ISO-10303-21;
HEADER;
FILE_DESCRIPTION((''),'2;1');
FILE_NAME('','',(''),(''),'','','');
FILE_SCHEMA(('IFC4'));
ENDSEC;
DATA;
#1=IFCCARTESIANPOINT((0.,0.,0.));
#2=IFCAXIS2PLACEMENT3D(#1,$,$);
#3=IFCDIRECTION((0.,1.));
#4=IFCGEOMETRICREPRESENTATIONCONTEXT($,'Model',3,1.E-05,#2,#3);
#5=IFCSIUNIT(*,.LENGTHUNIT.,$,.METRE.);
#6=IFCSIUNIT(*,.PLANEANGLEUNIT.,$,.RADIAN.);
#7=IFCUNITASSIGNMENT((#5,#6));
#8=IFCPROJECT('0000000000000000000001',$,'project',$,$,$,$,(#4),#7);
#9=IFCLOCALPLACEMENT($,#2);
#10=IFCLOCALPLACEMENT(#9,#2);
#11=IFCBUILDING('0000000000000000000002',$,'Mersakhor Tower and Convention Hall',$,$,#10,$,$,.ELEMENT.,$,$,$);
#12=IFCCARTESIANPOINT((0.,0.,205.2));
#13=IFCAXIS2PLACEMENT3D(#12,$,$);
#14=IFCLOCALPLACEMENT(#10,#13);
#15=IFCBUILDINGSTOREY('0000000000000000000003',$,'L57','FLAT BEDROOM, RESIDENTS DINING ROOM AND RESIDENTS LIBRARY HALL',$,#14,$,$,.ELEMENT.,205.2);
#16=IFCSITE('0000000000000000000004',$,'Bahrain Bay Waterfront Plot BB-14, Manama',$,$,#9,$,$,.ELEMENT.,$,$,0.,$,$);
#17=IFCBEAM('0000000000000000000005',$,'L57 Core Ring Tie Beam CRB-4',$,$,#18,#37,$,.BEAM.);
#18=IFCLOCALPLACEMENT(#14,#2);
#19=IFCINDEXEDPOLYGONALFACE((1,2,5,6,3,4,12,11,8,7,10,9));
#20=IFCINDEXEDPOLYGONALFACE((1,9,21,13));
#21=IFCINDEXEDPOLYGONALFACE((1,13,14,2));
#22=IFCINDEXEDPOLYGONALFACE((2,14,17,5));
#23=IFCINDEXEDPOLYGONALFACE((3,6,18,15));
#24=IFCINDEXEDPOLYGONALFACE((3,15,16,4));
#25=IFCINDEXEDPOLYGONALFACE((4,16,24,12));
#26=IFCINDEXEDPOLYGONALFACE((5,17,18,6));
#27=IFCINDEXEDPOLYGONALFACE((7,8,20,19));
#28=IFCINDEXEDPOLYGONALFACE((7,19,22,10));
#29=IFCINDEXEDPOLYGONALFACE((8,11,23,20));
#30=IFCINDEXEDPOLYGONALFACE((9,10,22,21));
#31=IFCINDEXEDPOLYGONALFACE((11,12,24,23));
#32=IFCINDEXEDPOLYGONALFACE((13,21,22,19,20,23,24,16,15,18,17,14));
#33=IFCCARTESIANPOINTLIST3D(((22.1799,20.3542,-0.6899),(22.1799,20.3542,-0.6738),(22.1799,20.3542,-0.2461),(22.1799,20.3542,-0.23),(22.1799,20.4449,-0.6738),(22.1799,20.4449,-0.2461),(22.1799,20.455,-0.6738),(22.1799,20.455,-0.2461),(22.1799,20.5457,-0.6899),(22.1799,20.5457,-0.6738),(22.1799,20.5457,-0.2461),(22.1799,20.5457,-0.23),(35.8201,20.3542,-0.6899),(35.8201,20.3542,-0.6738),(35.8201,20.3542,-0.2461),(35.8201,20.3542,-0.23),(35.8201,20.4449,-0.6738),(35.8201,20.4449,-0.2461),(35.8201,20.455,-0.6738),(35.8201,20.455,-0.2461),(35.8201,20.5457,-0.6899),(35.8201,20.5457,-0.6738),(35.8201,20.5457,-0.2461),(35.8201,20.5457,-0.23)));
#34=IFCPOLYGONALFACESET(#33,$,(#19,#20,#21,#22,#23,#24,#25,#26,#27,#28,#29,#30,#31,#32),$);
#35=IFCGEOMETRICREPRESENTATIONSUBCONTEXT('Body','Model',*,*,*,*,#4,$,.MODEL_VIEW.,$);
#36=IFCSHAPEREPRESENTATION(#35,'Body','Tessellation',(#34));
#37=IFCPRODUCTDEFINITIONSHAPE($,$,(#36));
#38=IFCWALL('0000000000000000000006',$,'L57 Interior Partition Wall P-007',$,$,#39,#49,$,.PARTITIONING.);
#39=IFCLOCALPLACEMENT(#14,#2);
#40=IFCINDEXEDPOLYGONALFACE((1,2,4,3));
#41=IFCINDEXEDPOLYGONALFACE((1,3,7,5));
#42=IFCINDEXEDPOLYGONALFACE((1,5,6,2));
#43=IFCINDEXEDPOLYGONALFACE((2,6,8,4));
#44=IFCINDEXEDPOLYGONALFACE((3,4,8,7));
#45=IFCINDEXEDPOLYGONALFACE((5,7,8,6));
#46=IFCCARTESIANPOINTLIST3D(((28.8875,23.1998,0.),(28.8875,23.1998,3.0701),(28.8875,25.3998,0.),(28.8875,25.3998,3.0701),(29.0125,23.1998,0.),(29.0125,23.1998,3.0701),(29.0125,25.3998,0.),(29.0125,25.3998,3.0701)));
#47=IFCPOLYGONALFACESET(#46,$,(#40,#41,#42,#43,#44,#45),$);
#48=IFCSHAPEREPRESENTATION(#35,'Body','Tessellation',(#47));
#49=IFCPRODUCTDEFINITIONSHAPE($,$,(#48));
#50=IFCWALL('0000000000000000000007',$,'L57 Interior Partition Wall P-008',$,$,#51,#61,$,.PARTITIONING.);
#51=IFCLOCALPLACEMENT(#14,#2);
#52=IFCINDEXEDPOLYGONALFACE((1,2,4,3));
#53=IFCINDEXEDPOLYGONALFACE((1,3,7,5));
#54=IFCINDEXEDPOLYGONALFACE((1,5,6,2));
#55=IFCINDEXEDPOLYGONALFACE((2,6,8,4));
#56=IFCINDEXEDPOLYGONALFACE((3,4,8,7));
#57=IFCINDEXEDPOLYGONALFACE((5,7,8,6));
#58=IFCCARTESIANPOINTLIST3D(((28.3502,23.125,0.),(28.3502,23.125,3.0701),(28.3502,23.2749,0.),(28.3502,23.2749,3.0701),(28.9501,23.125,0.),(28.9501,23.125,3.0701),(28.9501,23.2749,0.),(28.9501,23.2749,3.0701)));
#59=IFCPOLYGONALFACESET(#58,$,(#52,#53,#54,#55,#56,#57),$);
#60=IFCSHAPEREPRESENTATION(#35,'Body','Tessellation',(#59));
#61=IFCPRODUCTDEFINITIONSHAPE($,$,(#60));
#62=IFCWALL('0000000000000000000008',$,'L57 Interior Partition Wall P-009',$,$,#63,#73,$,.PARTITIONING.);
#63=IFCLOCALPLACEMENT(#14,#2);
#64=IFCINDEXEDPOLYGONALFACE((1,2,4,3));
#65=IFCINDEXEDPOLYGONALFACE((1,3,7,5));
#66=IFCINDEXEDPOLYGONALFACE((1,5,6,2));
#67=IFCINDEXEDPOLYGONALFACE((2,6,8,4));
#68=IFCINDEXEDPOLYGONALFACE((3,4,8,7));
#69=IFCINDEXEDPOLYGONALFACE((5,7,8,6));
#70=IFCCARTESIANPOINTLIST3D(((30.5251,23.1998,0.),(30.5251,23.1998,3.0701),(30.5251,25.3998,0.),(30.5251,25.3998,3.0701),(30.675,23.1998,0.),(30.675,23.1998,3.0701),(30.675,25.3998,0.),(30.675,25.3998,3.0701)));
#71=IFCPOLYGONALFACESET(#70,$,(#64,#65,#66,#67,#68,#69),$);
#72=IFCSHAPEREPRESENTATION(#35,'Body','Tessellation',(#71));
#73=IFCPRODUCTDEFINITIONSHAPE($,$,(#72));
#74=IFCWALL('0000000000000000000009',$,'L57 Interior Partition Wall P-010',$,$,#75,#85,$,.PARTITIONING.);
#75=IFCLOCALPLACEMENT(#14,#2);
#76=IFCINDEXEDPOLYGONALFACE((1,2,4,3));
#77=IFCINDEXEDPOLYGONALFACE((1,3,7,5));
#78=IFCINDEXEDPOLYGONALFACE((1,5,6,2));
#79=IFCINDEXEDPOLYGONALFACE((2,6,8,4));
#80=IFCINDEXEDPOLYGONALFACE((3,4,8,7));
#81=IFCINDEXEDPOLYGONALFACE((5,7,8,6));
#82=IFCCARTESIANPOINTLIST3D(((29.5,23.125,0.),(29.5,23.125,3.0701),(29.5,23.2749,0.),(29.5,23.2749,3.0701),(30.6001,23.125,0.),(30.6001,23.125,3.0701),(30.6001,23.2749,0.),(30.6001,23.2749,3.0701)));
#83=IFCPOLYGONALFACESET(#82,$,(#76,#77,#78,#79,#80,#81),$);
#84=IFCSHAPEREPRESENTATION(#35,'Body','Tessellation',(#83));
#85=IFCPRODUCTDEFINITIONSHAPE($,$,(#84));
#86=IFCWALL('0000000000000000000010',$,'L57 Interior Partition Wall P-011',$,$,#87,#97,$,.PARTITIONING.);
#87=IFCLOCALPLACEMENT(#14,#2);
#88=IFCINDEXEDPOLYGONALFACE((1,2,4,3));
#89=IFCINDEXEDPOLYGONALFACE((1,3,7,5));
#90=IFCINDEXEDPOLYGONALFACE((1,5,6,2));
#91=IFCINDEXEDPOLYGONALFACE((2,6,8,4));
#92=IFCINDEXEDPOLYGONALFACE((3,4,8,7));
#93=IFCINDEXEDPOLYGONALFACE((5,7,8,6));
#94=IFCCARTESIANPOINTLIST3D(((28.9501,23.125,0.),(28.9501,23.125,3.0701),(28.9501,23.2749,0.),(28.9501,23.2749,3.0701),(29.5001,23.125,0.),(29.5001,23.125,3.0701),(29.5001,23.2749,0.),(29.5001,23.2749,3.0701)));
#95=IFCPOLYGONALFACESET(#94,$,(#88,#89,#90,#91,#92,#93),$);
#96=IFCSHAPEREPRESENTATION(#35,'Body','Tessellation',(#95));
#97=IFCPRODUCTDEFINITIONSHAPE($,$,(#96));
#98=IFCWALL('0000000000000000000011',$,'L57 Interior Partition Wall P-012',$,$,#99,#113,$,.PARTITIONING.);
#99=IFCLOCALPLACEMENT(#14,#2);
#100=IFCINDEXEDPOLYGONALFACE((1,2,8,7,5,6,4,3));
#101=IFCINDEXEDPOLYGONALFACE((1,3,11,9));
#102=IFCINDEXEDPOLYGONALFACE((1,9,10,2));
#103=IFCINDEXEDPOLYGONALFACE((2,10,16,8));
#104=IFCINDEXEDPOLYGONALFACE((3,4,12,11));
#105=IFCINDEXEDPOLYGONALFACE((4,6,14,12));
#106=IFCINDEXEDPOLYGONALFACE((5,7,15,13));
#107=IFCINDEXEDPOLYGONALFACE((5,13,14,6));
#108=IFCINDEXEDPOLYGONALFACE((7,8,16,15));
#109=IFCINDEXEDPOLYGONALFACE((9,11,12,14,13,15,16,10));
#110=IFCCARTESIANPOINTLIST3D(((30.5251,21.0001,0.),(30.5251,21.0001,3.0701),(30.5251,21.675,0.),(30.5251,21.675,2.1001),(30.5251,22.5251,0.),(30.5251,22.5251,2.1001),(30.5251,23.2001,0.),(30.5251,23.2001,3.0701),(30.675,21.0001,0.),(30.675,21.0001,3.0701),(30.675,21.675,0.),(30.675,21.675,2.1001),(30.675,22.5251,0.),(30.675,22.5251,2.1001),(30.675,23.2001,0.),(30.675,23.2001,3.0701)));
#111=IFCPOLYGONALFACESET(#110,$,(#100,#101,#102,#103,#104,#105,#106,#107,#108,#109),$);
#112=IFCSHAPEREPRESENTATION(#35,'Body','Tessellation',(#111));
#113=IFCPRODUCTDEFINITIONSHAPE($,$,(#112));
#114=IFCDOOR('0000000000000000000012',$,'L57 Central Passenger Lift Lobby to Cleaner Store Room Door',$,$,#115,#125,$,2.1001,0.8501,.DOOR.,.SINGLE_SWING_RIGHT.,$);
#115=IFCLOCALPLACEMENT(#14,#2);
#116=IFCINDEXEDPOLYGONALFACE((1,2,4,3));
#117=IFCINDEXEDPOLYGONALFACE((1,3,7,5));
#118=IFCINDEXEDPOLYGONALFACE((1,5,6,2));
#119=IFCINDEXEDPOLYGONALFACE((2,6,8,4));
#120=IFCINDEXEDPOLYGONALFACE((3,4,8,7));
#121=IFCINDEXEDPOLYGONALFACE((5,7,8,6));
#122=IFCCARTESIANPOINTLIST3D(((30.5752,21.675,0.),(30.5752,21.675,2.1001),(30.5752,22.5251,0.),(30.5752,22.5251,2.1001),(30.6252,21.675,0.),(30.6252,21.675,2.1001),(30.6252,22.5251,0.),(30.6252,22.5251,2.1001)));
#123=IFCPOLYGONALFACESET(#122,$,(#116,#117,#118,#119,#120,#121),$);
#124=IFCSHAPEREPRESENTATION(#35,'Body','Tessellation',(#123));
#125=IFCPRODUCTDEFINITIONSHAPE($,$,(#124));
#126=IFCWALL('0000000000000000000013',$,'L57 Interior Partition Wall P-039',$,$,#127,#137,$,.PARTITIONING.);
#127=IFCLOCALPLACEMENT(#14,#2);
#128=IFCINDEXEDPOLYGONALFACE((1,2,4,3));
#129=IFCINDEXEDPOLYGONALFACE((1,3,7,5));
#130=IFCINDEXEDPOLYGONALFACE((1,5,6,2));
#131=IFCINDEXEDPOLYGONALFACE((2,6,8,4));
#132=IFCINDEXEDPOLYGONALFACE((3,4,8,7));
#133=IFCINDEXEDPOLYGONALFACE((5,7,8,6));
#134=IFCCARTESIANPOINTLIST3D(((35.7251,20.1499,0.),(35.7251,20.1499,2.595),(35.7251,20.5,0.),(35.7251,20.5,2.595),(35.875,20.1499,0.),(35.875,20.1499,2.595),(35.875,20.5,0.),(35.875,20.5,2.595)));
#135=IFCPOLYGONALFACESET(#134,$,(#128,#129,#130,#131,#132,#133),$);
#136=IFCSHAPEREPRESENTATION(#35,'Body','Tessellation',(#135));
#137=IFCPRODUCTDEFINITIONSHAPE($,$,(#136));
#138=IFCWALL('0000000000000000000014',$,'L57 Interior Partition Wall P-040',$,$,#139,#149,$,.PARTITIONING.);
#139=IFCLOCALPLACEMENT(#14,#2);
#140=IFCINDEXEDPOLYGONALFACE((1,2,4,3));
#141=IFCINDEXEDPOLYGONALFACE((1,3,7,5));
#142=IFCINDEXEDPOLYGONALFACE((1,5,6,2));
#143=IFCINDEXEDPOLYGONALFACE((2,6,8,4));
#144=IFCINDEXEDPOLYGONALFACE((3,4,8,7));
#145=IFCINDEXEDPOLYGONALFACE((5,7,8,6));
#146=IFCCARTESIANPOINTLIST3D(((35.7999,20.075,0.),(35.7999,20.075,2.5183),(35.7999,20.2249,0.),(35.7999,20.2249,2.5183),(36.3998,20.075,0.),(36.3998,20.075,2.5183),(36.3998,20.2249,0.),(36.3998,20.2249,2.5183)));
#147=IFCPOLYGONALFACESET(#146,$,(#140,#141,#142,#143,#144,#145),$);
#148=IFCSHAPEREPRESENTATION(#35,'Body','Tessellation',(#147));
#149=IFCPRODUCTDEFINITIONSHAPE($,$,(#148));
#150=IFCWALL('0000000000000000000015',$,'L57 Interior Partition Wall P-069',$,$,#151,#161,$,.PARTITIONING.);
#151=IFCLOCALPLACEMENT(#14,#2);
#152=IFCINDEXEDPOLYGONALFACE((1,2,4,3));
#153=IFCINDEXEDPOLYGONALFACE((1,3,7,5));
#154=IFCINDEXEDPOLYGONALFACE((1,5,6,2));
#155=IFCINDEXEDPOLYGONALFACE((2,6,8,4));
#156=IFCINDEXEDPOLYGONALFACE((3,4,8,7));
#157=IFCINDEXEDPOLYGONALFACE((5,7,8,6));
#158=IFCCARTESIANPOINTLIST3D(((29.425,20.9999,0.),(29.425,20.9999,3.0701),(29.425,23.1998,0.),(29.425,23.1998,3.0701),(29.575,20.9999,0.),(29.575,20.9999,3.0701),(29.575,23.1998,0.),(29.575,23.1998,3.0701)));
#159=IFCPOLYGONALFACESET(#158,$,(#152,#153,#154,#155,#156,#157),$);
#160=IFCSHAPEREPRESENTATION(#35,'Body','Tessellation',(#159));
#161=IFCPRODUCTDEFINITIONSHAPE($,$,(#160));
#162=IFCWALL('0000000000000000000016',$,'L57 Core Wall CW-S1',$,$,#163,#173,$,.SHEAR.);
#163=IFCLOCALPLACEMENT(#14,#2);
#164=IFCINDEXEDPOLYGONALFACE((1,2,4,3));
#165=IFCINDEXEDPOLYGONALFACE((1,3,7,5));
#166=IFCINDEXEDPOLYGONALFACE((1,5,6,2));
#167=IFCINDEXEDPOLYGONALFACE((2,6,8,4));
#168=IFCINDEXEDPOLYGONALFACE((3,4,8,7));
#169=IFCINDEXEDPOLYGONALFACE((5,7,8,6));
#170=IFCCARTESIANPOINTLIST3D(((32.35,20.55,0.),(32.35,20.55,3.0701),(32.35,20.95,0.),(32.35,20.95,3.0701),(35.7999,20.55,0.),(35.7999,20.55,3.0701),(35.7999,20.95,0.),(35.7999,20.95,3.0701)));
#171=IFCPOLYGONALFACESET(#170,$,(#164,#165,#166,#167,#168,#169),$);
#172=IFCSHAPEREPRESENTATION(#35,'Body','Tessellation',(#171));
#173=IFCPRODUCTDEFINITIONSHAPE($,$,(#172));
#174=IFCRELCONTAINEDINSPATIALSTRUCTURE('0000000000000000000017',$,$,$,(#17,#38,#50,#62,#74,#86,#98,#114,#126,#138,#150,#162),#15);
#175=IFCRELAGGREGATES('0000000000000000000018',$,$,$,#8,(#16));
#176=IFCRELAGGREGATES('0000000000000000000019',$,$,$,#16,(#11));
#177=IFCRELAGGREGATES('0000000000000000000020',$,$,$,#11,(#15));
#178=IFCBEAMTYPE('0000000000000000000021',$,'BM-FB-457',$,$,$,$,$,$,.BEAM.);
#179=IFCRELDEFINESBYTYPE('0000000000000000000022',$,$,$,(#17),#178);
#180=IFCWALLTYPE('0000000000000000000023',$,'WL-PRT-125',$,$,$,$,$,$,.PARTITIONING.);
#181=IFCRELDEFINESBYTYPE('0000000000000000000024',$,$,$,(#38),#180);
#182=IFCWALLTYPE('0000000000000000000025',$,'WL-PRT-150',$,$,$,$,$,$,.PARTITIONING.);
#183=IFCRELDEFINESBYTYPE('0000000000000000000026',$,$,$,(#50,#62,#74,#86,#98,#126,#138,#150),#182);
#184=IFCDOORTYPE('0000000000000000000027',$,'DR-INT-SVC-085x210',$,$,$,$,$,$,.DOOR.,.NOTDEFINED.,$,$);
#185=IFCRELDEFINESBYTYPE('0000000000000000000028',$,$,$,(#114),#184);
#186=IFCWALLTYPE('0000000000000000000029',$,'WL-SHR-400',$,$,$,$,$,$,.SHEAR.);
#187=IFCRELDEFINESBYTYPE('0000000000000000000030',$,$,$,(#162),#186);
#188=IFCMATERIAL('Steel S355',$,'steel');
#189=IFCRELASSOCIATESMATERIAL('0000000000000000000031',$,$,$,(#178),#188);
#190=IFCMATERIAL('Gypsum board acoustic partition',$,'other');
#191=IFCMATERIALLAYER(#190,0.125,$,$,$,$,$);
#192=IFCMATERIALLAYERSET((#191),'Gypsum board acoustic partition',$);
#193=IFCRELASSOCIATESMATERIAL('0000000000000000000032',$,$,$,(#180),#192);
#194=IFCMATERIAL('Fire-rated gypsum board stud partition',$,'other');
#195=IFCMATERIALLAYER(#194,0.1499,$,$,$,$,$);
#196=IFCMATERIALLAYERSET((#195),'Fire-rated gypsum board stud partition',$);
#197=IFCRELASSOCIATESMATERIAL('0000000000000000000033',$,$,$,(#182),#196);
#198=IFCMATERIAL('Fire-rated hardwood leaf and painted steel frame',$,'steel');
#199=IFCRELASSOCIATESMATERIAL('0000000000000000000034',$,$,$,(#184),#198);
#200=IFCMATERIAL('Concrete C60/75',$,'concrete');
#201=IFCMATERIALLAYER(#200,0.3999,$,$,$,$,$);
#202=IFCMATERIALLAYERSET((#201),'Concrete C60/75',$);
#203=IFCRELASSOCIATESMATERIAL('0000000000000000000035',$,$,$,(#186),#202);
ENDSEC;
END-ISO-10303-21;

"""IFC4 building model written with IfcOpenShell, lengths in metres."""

from ifc_helpers import new_model, si_unit, direction, frame, frame_2d, origin, origin_2d, place, context, subcontext, project, spatial, rectangle, i_section, extrude, material, layer, layer_set, material_profile, profile_set, type_object, element, fill, save


model = new_model("IFC4")

# Units and contexts
model_context = context("Model", 3, precision=1e-05, world=origin(), true_north=direction((0.0, 1.0)))
body_context = subcontext(model_context, "Body", "Model", "MODEL_VIEW")
ifc_project = project(units=[si_unit("LENGTHUNIT", "METRE"), si_unit("PLANEANGLEUNIT", "RADIAN")], contexts=[model_context])

# Site, building, storey
site_placement = place(None, origin())
site = spatial("IfcSite", under=ifc_project, at=site_placement, Name="Bahrain Bay Waterfront Plot BB-14, Manama", CompositionType="ELEMENT", RefElevation=0.0)
building_placement = place(site_placement, origin())
building = spatial("IfcBuilding", under=site, at=building_placement, Name="Mersakhor Tower and Convention Hall", CompositionType="ELEMENT")
storey_placement = place(building_placement, frame((0.0, 0.0, 205.2)))
storey = spatial("IfcBuildingStorey", under=building, at=storey_placement, Name="L57", Description="FLAT BEDROOM, RESIDENTS DINING ROOM AND RESIDENTS LIBRARY HALL", CompositionType="ELEMENT", Elevation=205.2)

# Beam
ifc_material_1 = material(Name="Steel S355", Category="steel")
ifc_material_profile = material_profile(ifc_material_1, i_section(OverallWidth=0.1914, OverallDepth=0.46, WebThickness=0.01, FlangeThickness=0.0161, at=origin_2d()), Name="UB 457x191x82")
ifc_profile_set = profile_set([ifc_material_profile], Name="Steel S355")
beam_type = type_object("IfcBeamType", Name="BM-FB-457", PredefinedType="BEAM", material=ifc_profile_set)
beam_placement = place(storey_placement, frame((35.8201, 20.45, -0.46), z_axis=(-1.0, 0.0, 0.0), x_axis=(0.0, -1.0, 0.0)))
element("IfcBeam", 1, at=beam_placement, inside=storey, type_object=beam_type, Name="L57 Core Ring Tie Beam CRB-4", PredefinedType="BEAM", context=body_context, shape_type="SweptSolid", body=[
    extrude(i_section(OverallWidth=0.1914, OverallDepth=0.46, WebThickness=0.01, FlangeThickness=0.0161, at=origin_2d()), origin(), (0.0, 0.0, 1.0), 13.6401),
])

# Walls
ifc_material_2 = material(Name="Gypsum board acoustic partition", Category="other")
ifc_layer_1 = layer(ifc_material_2, 0.125)
ifc_layer_set_1 = layer_set([ifc_layer_1], Name="Gypsum board acoustic partition")
wall_type_1 = type_object("IfcWallType", Name="WL-PRT-125", PredefinedType="PARTITIONING", material=ifc_layer_set_1)
wall_1_placement = place(storey_placement, frame((28.95, 25.3999, 0.0), z_axis=(0.0, 0.0, 1.0), x_axis=(0.0, -1.0, 0.0)))
element("IfcWall", 2, at=wall_1_placement, inside=storey, type_object=wall_type_1, Name="L57 Interior Partition Wall P-007", PredefinedType="PARTITIONING", context=body_context, shape_type="SweptSolid", body=[
    extrude(rectangle(XDim=2.2, YDim=0.125, at=frame_2d((1.1001, 0.0))), origin(), (0.0, 0.0, 1.0), 3.0701),
])
ifc_material_3 = material(Name="Fire-rated gypsum board stud partition", Category="other")
ifc_layer_2 = layer(ifc_material_3, 0.1499)
ifc_layer_set_2 = layer_set([ifc_layer_2], Name="Fire-rated gypsum board stud partition")
wall_type_2 = type_object("IfcWallType", Name="WL-PRT-150", PredefinedType="PARTITIONING", material=ifc_layer_set_2)
wall_2_placement = place(storey_placement, frame((28.95, 23.2, 0.0), z_axis=(0.0, 0.0, 1.0), x_axis=(-1.0, 0.0, 0.0)))
element("IfcWall", 3, at=wall_2_placement, inside=storey, type_object=wall_type_2, Name="L57 Interior Partition Wall P-008", PredefinedType="PARTITIONING", context=body_context, shape_type="SweptSolid", body=[
    extrude(rectangle(XDim=0.5999, YDim=0.1499, at=frame_2d((0.2998, 0.0))), origin(), (0.0, 0.0, 1.0), 3.0701),
])
wall_3_placement = place(storey_placement, frame((30.6001, 25.3999, 0.0), z_axis=(0.0, 0.0, 1.0), x_axis=(0.0, -1.0, 0.0)))
element("IfcWall", 4, at=wall_3_placement, inside=storey, type_object=wall_type_2, Name="L57 Interior Partition Wall P-009", PredefinedType="PARTITIONING", context=body_context, shape_type="SweptSolid", body=[
    extrude(rectangle(XDim=2.2, YDim=0.1499, at=frame_2d((1.1001, 0.0))), origin(), (0.0, 0.0, 1.0), 3.0701),
])
wall_4_placement = place(storey_placement, frame((30.6001, 23.2, 0.0), z_axis=(0.0, 0.0, 1.0), x_axis=(-1.0, 0.0, 0.0)))
element("IfcWall", 5, at=wall_4_placement, inside=storey, type_object=wall_type_2, Name="L57 Interior Partition Wall P-010", PredefinedType="PARTITIONING", context=body_context, shape_type="SweptSolid", body=[
    extrude(rectangle(XDim=1.1001, YDim=0.1499, at=frame_2d((0.55, 0.0))), origin(), (0.0, 0.0, 1.0), 3.0701),
])
wall_5_placement = place(storey_placement, frame((29.5, 23.2, 0.0), z_axis=(0.0, 0.0, 1.0), x_axis=(-1.0, 0.0, 0.0)))
element("IfcWall", 6, at=wall_5_placement, inside=storey, type_object=wall_type_2, Name="L57 Interior Partition Wall P-011", PredefinedType="PARTITIONING", context=body_context, shape_type="SweptSolid", body=[
    extrude(rectangle(XDim=0.55, YDim=0.1499, at=frame_2d((0.2749, 0.0))), origin(), (0.0, 0.0, 1.0), 3.0701),
])

# Wall, opening, door
wall_6_placement = place(storey_placement, frame((30.6001, 21.0, 0.0), z_axis=(0.0, 0.0, 1.0), x_axis=(0.0, 1.0, 0.0)))
wall_6 = element("IfcWall", 7, at=wall_6_placement, inside=storey, type_object=wall_type_2, Name="L57 Interior Partition Wall P-012", PredefinedType="PARTITIONING", context=body_context, shape_type="SweptSolid", body=[
    extrude(rectangle(XDim=2.2, YDim=0.1499, at=frame_2d((1.1001, 0.0))), origin(), (0.0, 0.0, 1.0), 3.0701),
])
opening_1_placement = place(wall_6_placement, frame((0.675, 0.0, 0.0)))
opening_1 = element("IfcOpeningElement", 8, at=opening_1_placement, cuts=wall_6, PredefinedType="OPENING", context=body_context, shape_type="SweptSolid", body=[
    extrude(rectangle(XDim=0.8501, YDim=2.1001, at=frame_2d((0.425, 1.05))), frame((0.0, 0.085, 0.0), z_axis=(0.0, -1.0, 0.0), x_axis=(1.0, 0.0, 0.0)), (0.0, 0.0, 1.0), 0.1699),
])
ifc_material_4 = material(Name="Fire-rated hardwood leaf and painted steel frame", Category="steel")
door_type_1 = type_object("IfcDoorType", Name="DR-INT-SVC-085x210", OperationType="NOTDEFINED", PredefinedType="DOOR", material=ifc_material_4)
door_1_placement = place(opening_1_placement, origin())
door_1 = element("IfcDoor", 9, at=door_1_placement, inside=storey, type_object=door_type_1, Name="L57 Central Passenger Lift Lobby to Cleaner Store Room Door", OperationType="SINGLE_SWING_RIGHT", OverallHeight=2.1001, OverallWidth=0.8501, PredefinedType="DOOR", context=body_context, shape_type="SweptSolid", body=[
    extrude(rectangle(XDim=0.8501, YDim=2.1001, at=frame_2d((0.425, 1.05))), frame((0.0, 0.0249, 0.0), z_axis=(0.0, -1.0, 0.0), x_axis=(1.0, 0.0, 0.0)), (0.0, 0.0, 1.0), 0.05),
])
fill(opening_1, door_1)

# Walls
wall_7_placement = place(storey_placement, frame((35.8, 20.5, 0.0), z_axis=(0.0, 0.0, 1.0), x_axis=(0.0, -1.0, 0.0)))
element("IfcWall", 10, at=wall_7_placement, inside=storey, type_object=wall_type_2, Name="L57 Interior Partition Wall P-039", PredefinedType="PARTITIONING", context=body_context, shape_type="SweptSolid", body=[
    extrude(rectangle(XDim=0.3501, YDim=0.1499, at=frame_2d((0.175, 0.0))), origin(), (0.0, 0.0, 1.0), 2.595),
])
wall_8_placement = place(storey_placement, frame((35.8, 20.1499, 0.0), z_axis=(0.0, 0.0, 1.0), x_axis=(1.0, 0.0, 0.0)))
element("IfcWall", 11, at=wall_8_placement, inside=storey, type_object=wall_type_2, Name="L57 Interior Partition Wall P-040", PredefinedType="PARTITIONING", context=body_context, shape_type="SweptSolid", body=[
    extrude(rectangle(XDim=0.5999, YDim=0.1499, at=frame_2d((0.2998, 0.0))), origin(), (0.0, 0.0, 1.0), 2.5183),
])
wall_9_placement = place(storey_placement, frame((29.5, 23.2, 0.0), z_axis=(0.0, 0.0, 1.0), x_axis=(0.0, -1.0, 0.0)))
element("IfcWall", 12, at=wall_9_placement, inside=storey, type_object=wall_type_2, Name="L57 Interior Partition Wall P-069", PredefinedType="PARTITIONING", context=body_context, shape_type="SweptSolid", body=[
    extrude(rectangle(XDim=2.2, YDim=0.1499, at=frame_2d((1.1001, 0.0))), origin(), (0.0, 0.0, 1.0), 3.0701),
])
ifc_material_5 = material(Name="Concrete C60/75", Category="concrete")
ifc_layer_3 = layer(ifc_material_5, 0.3999)
ifc_layer_set_3 = layer_set([ifc_layer_3], Name="Concrete C60/75")
wall_type_3 = type_object("IfcWallType", Name="WL-SHR-400", PredefinedType="SHEAR", material=ifc_layer_set_3)
wall_10_placement = place(storey_placement, frame((35.8, 20.75, 0.0), z_axis=(0.0, 0.0, 1.0), x_axis=(-1.0, 0.0, 0.0)))
element("IfcWall", 13, at=wall_10_placement, inside=storey, type_object=wall_type_3, Name="L57 Core Wall CW-S1", PredefinedType="SHEAR", context=body_context, shape_type="SweptSolid", body=[
    extrude(rectangle(XDim=3.45, YDim=0.3999, at=frame_2d((1.7251, 0.0))), origin(), (0.0, 0.0, 1.0), 3.0701),
])

save(model, "model.ifc")
